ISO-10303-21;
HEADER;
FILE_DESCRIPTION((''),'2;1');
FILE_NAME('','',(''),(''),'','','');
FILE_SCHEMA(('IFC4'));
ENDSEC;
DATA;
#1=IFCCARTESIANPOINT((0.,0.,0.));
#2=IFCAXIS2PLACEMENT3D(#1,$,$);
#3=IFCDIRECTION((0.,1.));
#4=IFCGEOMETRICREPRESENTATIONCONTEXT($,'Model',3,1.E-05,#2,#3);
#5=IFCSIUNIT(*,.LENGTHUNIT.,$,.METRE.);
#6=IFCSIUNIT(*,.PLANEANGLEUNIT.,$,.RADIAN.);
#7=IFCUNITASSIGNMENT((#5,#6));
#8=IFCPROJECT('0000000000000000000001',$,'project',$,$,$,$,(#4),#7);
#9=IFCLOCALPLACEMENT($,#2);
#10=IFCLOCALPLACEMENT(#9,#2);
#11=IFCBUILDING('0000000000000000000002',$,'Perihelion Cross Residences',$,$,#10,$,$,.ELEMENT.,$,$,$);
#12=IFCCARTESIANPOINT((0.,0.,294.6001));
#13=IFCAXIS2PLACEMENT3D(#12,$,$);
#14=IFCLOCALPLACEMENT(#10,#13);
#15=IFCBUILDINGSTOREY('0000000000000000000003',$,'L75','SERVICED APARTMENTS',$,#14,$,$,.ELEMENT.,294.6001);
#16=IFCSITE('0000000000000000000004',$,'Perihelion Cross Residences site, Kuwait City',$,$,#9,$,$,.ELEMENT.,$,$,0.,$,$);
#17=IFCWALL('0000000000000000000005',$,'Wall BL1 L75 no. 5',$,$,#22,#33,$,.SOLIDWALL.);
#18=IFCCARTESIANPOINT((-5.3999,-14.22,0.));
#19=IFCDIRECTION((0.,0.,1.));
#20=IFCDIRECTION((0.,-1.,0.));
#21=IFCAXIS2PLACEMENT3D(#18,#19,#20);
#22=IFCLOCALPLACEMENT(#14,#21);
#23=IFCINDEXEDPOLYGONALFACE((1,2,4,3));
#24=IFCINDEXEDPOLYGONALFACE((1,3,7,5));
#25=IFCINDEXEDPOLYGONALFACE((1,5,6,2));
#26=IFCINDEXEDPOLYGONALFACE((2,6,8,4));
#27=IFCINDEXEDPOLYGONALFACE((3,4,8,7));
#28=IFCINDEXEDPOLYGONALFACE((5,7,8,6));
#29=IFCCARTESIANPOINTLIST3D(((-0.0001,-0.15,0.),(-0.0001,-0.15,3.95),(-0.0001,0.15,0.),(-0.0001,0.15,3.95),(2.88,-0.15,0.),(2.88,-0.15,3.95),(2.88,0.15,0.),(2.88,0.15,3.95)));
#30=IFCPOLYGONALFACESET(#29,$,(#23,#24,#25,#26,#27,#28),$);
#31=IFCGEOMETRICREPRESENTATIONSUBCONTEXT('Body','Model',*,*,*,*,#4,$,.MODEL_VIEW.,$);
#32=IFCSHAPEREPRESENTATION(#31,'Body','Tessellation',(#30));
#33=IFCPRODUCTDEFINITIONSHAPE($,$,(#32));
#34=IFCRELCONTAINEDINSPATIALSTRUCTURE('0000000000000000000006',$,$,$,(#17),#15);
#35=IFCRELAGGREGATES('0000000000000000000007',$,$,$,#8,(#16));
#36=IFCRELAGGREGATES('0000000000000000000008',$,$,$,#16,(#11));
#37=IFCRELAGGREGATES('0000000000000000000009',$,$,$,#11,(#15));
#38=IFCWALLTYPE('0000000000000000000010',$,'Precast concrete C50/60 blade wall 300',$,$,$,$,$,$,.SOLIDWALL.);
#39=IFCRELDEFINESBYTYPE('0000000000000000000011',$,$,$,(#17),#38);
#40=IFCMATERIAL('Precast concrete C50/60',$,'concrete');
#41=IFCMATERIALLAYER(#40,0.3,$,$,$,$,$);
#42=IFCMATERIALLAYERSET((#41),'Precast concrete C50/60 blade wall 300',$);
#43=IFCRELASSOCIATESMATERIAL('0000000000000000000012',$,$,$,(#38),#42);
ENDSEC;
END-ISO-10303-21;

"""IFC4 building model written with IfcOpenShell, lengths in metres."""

from ifc_helpers import new_model, si_unit, direction, frame, frame_2d, origin, place, context, subcontext, project, spatial, rectangle, extrude, material, layer, layer_set, type_object, element, save


model = new_model("IFC4")

# Units and contexts
model_context = context("Model", 3, precision=1e-05, world=origin(), true_north=direction((0.0, 1.0)))
body_context = subcontext(model_context, "Body", "Model", "MODEL_VIEW")
ifc_project = project(units=[si_unit("LENGTHUNIT", "METRE"), si_unit("PLANEANGLEUNIT", "RADIAN")], contexts=[model_context])

# Site, building, storey
site_placement = place(None, origin())
site = spatial("IfcSite", under=ifc_project, at=site_placement, Name="Perihelion Cross Residences site, Kuwait City", CompositionType="ELEMENT", RefElevation=0.0)
building_placement = place(site_placement, origin())
building = spatial("IfcBuilding", under=site, at=building_placement, Name="Perihelion Cross Residences", CompositionType="ELEMENT")
storey_placement = place(building_placement, frame((0.0, 0.0, 294.6001)))
storey = spatial("IfcBuildingStorey", under=building, at=storey_placement, Name="L75", Description="SERVICED APARTMENTS", CompositionType="ELEMENT", Elevation=294.6001)

# Wall
ifc_material_1 = material(Name="Precast concrete C50/60", Category="concrete")
ifc_layer_1 = layer(ifc_material_1, 0.3)
ifc_layer_set_1 = layer_set([ifc_layer_1], Name="Precast concrete C50/60 blade wall 300")
wall_type_1 = type_object("IfcWallType", Name="Precast concrete C50/60 blade wall 300", PredefinedType="SOLIDWALL", material=ifc_layer_set_1)
wall_1_placement = place(storey_placement, frame((-5.3999, -14.22, 0.0), z_axis=(0.0, 0.0, 1.0), x_axis=(0.0, -1.0, 0.0)))
element("IfcWall", 1, at=wall_1_placement, inside=storey, type_object=wall_type_1, Name="Wall BL1 L75 no. 5", PredefinedType="SOLIDWALL", context=body_context, shape_type="SweptSolid", body=[
    extrude(rectangle(XDim=2.8801, YDim=0.3, at=frame_2d((1.4399, 0.0))), origin(), (0.0, 0.0, 1.0), 3.95),
])

save(model, "model.ifc")
